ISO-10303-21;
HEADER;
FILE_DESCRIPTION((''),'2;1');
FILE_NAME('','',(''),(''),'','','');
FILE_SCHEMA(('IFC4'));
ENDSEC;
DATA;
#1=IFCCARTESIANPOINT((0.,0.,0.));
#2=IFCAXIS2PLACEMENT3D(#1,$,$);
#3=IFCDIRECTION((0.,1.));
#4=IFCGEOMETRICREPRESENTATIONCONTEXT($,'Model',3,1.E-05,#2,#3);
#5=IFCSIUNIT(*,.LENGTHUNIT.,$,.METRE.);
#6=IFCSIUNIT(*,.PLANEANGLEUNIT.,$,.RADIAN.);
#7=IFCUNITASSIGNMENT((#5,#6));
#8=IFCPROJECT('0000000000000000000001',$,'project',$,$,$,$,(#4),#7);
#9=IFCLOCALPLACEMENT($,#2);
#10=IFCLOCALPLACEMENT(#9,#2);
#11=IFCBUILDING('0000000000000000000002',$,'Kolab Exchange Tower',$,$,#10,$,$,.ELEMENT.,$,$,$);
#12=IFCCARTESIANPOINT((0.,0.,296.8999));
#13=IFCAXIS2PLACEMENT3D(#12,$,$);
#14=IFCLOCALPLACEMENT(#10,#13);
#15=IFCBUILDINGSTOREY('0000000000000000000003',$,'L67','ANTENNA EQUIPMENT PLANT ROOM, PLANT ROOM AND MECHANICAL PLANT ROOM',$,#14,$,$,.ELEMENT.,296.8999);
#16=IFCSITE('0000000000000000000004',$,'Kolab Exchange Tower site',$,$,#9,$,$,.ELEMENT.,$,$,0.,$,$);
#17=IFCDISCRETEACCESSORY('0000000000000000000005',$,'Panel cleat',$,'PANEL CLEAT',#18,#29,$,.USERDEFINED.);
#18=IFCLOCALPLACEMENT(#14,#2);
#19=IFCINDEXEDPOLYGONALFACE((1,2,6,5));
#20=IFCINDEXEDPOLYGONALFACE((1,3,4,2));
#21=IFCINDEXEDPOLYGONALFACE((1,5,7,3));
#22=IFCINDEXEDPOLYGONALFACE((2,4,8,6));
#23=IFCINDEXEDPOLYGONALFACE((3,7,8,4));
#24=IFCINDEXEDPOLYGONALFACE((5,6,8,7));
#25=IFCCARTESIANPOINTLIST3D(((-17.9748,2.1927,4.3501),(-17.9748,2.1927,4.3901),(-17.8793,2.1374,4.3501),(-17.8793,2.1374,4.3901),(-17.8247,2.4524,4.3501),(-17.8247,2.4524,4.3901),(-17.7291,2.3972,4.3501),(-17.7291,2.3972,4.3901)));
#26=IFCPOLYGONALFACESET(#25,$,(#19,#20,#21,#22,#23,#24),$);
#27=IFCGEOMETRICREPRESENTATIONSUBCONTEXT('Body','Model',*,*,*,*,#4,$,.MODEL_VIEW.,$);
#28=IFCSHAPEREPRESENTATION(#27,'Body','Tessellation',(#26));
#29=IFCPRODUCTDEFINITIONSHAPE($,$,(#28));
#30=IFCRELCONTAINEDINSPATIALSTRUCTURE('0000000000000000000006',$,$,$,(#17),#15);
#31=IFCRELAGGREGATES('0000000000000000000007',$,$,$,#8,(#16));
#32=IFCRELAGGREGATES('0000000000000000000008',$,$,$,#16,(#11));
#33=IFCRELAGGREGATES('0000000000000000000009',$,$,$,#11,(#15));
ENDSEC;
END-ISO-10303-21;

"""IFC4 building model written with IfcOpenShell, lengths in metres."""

from ifc_helpers import new_model, si_unit, direction, frame, origin, origin_2d, place, context, subcontext, project, spatial, rectangle, extrude, element, save


model = new_model("IFC4")

# Units and contexts
model_context = context("Model", 3, precision=1e-05, world=origin(), true_north=direction((0.0, 1.0)))
body_context = subcontext(model_context, "Body", "Model", "MODEL_VIEW")
ifc_project = project(units=[si_unit("LENGTHUNIT", "METRE"), si_unit("PLANEANGLEUNIT", "RADIAN")], contexts=[model_context])

# Site, building, storey
site_placement = place(None, origin())
site = spatial("IfcSite", under=ifc_project, at=site_placement, Name="Kolab Exchange Tower site", CompositionType="ELEMENT", RefElevation=0.0)
building_placement = place(site_placement, origin())
building = spatial("IfcBuilding", under=site, at=building_placement, Name="Kolab Exchange Tower", CompositionType="ELEMENT")
storey_placement = place(building_placement, frame((0.0, 0.0, 296.8999)))
storey = spatial("IfcBuildingStorey", under=building, at=storey_placement, Name="L67", Description="ANTENNA EQUIPMENT PLANT ROOM, PLANT ROOM AND MECHANICAL PLANT ROOM", CompositionType="ELEMENT", Elevation=296.8999)

# Discrete accessory
discrete_accessory_1_placement = place(storey_placement, frame((-17.8042, 2.2673, 4.3701), z_axis=(-0.86578, 0.500425, 0.0), x_axis=(-0.500425, -0.86578, 0.0)))
element("IfcDiscreteAccessory", 1, at=discrete_accessory_1_placement, inside=storey, Name="Panel cleat", ObjectType="PANEL CLEAT", PredefinedType="USERDEFINED", context=body_context, shape_type="SweptSolid", body=[
    extrude(rectangle(XDim=0.3, YDim=0.04, at=origin_2d()), origin(), (0.0, 0.0, 1.0), 0.1104),
])

save(model, "model.ifc")
